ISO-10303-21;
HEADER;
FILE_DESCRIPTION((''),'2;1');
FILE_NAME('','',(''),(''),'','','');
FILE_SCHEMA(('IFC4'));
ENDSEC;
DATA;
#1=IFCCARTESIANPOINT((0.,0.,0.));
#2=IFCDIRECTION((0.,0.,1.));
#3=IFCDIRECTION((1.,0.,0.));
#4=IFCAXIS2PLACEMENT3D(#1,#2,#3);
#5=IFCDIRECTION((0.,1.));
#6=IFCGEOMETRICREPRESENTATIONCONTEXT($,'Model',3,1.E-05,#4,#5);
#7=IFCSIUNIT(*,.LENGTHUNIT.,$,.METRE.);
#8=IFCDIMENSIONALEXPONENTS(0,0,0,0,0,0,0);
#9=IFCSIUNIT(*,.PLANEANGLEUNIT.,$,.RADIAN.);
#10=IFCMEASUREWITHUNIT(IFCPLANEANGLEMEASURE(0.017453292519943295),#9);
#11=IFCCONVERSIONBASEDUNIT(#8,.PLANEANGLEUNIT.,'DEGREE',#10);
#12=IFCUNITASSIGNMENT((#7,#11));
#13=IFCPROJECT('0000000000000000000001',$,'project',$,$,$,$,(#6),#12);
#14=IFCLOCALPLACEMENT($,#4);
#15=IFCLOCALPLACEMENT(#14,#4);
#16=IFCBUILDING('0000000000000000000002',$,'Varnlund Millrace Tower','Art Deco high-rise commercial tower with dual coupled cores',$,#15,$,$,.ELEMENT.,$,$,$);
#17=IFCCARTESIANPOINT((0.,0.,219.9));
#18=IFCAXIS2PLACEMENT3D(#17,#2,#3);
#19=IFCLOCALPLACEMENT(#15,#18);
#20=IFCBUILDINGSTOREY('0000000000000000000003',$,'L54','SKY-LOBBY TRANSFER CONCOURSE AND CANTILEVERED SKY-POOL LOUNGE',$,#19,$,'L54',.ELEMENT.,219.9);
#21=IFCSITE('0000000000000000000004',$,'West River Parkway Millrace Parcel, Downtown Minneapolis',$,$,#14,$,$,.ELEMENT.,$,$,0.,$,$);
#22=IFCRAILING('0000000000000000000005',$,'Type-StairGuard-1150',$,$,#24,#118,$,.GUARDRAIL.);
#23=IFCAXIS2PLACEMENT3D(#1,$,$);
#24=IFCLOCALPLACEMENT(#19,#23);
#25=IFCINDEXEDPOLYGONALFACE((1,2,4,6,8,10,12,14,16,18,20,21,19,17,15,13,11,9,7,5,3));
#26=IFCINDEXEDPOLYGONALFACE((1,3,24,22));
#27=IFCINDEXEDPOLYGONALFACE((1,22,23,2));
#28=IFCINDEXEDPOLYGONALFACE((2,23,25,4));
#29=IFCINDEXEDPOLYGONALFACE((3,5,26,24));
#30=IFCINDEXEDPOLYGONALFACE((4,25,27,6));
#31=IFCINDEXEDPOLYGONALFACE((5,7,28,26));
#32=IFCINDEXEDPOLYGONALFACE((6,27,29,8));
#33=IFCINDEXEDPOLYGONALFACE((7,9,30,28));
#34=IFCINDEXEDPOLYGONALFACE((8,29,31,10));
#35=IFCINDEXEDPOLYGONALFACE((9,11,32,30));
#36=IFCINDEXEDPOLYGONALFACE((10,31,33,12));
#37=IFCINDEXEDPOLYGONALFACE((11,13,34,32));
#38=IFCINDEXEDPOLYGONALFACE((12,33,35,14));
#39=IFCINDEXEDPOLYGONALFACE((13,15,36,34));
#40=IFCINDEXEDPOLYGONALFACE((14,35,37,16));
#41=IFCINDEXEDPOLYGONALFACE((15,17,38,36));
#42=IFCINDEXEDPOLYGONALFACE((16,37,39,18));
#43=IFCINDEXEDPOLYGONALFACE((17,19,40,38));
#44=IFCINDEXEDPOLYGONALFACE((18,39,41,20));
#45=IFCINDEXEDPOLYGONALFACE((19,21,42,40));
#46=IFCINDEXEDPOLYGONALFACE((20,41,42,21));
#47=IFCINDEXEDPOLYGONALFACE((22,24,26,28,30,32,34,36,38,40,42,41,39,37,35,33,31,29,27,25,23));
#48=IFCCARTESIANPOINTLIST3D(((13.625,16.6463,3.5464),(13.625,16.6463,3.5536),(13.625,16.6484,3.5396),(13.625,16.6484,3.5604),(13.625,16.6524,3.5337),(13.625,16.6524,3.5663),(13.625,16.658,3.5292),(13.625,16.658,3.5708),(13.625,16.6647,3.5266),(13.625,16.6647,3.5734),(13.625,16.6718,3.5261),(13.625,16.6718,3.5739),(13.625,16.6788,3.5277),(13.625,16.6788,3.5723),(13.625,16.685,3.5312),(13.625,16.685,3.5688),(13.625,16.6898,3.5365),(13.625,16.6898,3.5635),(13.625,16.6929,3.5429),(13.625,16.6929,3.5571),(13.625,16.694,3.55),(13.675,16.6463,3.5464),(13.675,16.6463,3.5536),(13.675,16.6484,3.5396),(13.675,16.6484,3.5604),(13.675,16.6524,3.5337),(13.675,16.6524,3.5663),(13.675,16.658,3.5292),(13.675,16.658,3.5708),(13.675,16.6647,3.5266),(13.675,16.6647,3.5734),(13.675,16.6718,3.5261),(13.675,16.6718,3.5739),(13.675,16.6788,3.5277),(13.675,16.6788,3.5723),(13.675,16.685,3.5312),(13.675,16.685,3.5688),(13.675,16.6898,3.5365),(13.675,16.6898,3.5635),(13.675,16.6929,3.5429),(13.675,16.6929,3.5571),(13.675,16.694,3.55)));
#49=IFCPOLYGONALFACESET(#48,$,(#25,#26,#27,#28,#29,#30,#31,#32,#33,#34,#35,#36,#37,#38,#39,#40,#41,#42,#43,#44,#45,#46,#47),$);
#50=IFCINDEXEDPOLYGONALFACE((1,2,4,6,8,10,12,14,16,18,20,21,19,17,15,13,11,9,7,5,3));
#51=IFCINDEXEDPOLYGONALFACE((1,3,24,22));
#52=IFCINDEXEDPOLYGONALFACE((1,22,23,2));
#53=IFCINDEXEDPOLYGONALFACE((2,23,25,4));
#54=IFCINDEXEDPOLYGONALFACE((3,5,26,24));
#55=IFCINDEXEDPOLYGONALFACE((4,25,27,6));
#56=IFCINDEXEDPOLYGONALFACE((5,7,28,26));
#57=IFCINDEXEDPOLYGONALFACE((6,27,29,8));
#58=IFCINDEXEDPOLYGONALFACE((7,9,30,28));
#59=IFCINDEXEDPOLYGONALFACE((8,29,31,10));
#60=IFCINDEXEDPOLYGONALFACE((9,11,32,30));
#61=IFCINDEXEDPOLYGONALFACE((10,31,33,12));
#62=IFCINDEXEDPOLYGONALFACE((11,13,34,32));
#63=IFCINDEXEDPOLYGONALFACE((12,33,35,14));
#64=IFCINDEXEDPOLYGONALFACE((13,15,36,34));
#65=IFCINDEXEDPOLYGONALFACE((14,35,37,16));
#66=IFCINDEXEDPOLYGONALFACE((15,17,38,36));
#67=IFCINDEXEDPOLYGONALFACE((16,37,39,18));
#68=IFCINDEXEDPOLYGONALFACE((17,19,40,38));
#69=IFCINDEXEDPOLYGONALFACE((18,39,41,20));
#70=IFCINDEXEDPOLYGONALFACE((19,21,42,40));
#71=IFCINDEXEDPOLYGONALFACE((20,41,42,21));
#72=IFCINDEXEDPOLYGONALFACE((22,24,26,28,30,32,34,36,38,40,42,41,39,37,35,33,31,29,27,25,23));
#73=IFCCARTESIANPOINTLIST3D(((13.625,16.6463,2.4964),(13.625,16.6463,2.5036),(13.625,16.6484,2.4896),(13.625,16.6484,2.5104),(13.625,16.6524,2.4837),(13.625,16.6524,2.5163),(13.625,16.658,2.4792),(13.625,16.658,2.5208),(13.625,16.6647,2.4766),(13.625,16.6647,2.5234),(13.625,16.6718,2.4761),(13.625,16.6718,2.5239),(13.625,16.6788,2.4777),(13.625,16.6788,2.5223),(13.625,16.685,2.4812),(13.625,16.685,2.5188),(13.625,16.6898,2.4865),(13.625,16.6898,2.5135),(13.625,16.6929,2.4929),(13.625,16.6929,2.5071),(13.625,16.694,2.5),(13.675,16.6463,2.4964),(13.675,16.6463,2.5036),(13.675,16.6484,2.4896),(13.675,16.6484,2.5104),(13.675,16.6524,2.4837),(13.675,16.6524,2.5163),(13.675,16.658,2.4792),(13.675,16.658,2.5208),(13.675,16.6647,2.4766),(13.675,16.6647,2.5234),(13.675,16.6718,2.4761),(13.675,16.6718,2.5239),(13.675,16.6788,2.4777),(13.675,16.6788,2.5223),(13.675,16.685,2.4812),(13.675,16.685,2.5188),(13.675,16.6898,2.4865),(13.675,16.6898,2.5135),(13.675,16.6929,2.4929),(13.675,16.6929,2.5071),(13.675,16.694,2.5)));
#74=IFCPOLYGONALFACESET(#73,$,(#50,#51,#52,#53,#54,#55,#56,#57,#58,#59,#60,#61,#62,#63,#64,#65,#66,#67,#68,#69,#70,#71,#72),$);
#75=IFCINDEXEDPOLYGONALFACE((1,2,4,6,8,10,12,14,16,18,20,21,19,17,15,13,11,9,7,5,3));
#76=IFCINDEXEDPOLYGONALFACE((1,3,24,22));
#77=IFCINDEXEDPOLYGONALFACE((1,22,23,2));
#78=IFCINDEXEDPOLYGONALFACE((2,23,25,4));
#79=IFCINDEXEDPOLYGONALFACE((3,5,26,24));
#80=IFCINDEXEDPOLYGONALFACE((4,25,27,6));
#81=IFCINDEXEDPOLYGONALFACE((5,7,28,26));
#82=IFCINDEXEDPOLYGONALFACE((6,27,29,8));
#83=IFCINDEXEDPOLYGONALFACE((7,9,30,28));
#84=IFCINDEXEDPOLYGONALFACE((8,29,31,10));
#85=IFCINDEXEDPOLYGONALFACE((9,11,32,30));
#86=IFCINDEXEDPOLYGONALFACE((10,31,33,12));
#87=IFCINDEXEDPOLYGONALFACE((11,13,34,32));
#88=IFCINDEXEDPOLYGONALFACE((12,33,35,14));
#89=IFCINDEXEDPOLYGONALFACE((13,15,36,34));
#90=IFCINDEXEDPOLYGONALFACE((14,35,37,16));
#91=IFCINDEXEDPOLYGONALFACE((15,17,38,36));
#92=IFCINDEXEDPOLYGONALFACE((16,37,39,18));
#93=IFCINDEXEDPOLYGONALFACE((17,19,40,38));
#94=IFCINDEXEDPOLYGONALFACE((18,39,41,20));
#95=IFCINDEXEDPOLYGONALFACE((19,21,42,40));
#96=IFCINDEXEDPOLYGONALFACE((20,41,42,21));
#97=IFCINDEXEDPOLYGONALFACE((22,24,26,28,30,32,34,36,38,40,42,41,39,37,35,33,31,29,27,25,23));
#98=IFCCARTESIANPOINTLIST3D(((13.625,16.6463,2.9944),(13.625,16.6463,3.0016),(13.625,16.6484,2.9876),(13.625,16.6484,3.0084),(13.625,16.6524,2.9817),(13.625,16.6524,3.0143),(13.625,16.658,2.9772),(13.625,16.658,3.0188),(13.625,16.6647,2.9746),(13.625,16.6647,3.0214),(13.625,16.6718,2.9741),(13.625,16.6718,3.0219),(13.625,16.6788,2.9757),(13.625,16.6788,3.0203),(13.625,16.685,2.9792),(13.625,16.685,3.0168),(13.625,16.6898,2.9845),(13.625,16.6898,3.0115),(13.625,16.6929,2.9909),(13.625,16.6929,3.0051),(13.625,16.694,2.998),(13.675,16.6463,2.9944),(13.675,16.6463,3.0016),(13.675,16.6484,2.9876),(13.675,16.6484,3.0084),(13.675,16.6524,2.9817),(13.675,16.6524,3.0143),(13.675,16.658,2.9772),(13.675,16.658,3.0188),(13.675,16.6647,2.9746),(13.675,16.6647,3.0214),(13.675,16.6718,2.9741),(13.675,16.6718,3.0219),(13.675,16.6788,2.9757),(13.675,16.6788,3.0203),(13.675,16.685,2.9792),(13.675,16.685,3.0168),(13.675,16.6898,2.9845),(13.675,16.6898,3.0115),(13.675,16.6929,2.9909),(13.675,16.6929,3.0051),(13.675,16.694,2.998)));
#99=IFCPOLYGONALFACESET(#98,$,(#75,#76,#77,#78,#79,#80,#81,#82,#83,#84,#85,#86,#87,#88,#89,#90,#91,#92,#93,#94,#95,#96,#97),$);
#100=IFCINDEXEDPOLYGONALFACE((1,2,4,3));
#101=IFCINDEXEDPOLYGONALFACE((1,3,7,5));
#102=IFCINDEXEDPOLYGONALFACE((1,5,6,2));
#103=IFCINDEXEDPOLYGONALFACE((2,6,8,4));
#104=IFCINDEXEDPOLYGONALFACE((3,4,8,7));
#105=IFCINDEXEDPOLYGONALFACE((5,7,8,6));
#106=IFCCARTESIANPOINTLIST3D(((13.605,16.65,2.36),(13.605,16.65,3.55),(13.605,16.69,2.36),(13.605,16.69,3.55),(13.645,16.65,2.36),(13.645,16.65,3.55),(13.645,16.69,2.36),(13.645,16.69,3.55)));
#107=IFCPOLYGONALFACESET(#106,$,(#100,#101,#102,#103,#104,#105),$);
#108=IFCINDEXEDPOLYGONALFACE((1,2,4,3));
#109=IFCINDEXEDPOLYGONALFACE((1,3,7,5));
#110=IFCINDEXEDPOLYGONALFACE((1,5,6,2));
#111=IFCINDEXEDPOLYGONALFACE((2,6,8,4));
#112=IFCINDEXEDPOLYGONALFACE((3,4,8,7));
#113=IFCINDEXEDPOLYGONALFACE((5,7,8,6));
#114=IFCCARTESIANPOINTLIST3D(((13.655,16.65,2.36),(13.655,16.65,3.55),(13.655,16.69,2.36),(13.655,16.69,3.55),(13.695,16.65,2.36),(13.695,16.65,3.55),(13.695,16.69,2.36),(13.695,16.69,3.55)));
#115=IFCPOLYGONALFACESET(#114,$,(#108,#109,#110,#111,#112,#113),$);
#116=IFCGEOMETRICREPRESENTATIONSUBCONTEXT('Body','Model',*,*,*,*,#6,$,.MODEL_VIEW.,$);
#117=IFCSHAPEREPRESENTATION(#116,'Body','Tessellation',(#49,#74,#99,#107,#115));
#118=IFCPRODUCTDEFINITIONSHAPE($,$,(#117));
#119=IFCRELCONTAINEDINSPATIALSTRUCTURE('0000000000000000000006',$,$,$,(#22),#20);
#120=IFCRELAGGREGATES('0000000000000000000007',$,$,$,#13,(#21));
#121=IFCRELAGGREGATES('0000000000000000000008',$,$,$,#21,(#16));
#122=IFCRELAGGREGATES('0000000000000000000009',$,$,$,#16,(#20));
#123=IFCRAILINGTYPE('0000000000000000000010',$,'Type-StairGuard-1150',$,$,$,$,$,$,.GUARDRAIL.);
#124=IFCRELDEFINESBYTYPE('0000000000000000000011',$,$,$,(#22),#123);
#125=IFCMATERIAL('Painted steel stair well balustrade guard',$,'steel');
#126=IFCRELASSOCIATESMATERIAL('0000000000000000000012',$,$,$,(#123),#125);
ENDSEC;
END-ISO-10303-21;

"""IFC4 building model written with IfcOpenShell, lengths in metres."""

from ifc_helpers import new_model, entity, si_unit, converted_unit, direction, frame, origin_with_axes, origin_2d_with_axis, place, context, subcontext, project, spatial, rectangle, circle, extrude, material, type_object, element, save


model = new_model("IFC4")

# Units and contexts
model_context = context("Model", 3, precision=1e-05, world=origin_with_axes(), true_north=direction((0.0, 1.0)))
body_context = subcontext(model_context, "Body", "Model", "MODEL_VIEW")
ifc_project = project(units=[si_unit("LENGTHUNIT", "METRE"), converted_unit("PLANEANGLEUNIT", "DEGREE", entity("IfcPlaneAngleMeasure", 0.017453292519943295), si_unit("PLANEANGLEUNIT", "RADIAN"), dimensions=[0, 0, 0, 0, 0, 0, 0])], contexts=[model_context])

# Site, building, storey
site_placement = place(None, origin_with_axes())
site = spatial("IfcSite", under=ifc_project, at=site_placement, Name="West River Parkway Millrace Parcel, Downtown Minneapolis", CompositionType="ELEMENT", RefElevation=0.0)
building_placement = place(site_placement, origin_with_axes())
building = spatial("IfcBuilding", under=site, at=building_placement, Name="Varnlund Millrace Tower", Description="Art Deco high-rise commercial tower with dual coupled cores", CompositionType="ELEMENT")
storey_placement = place(building_placement, frame((0.0, 0.0, 219.9), z_axis=(0.0, 0.0, 1.0), x_axis=(1.0, 0.0, 0.0)))
storey = spatial("IfcBuildingStorey", under=building, at=storey_placement, Name="L54", Description="SKY-LOBBY TRANSFER CONCOURSE AND CANTILEVERED SKY-POOL LOUNGE", LongName="L54", CompositionType="ELEMENT", Elevation=219.9)

# Railing
ifc_material_1 = material(Name="Painted steel stair well balustrade guard", Category="steel")
railing_type_1 = type_object("IfcRailingType", Name="Type-StairGuard-1150", PredefinedType="GUARDRAIL", material=ifc_material_1)
railing_1_placement = place(storey_placement, frame((0.0, 0.0, -219.9), z_axis=(0.0, 0.0, 1.0), x_axis=(1.0, 0.0, 0.0)))
element("IfcRailing", 1, at=railing_1_placement, inside=storey, type_object=railing_type_1, Name="Type-StairGuard-1150", PredefinedType="GUARDRAIL", context=body_context, shape_type="SweptSolid", body=[
    extrude(circle(Radius=0.024, at=origin_2d_with_axis()), frame((13.625, 16.67, 223.45), z_axis=(1.0, 0.0, 0.0), x_axis=(0.0, 1.0, 0.0)), (0.0, 0.0, 1.0), 0.05),
    extrude(circle(Radius=0.024, at=origin_2d_with_axis()), frame((13.625, 16.67, 222.4), z_axis=(1.0, 0.0, 0.0), x_axis=(0.0, 1.0, 0.0)), (0.0, 0.0, 1.0), 0.05),
    extrude(circle(Radius=0.024, at=origin_2d_with_axis()), frame((13.625, 16.67, 222.898), z_axis=(1.0, 0.0, 0.0), x_axis=(0.0, 1.0, 0.0)), (0.0, 0.0, 1.0), 0.05),
    extrude(rectangle(XDim=0.04, YDim=0.04, at=origin_2d_with_axis()), frame((13.625, 16.67, 222.26), z_axis=(0.0, 0.0, 1.0), x_axis=(1.0, 0.0, 0.0)), (0.0, 0.0, 1.0), 1.19),
    extrude(rectangle(XDim=0.04, YDim=0.04, at=origin_2d_with_axis()), frame((13.675, 16.67, 222.26), z_axis=(0.0, 0.0, 1.0), x_axis=(1.0, 0.0, 0.0)), (0.0, 0.0, 1.0), 1.19),
])

save(model, "model.ifc")
